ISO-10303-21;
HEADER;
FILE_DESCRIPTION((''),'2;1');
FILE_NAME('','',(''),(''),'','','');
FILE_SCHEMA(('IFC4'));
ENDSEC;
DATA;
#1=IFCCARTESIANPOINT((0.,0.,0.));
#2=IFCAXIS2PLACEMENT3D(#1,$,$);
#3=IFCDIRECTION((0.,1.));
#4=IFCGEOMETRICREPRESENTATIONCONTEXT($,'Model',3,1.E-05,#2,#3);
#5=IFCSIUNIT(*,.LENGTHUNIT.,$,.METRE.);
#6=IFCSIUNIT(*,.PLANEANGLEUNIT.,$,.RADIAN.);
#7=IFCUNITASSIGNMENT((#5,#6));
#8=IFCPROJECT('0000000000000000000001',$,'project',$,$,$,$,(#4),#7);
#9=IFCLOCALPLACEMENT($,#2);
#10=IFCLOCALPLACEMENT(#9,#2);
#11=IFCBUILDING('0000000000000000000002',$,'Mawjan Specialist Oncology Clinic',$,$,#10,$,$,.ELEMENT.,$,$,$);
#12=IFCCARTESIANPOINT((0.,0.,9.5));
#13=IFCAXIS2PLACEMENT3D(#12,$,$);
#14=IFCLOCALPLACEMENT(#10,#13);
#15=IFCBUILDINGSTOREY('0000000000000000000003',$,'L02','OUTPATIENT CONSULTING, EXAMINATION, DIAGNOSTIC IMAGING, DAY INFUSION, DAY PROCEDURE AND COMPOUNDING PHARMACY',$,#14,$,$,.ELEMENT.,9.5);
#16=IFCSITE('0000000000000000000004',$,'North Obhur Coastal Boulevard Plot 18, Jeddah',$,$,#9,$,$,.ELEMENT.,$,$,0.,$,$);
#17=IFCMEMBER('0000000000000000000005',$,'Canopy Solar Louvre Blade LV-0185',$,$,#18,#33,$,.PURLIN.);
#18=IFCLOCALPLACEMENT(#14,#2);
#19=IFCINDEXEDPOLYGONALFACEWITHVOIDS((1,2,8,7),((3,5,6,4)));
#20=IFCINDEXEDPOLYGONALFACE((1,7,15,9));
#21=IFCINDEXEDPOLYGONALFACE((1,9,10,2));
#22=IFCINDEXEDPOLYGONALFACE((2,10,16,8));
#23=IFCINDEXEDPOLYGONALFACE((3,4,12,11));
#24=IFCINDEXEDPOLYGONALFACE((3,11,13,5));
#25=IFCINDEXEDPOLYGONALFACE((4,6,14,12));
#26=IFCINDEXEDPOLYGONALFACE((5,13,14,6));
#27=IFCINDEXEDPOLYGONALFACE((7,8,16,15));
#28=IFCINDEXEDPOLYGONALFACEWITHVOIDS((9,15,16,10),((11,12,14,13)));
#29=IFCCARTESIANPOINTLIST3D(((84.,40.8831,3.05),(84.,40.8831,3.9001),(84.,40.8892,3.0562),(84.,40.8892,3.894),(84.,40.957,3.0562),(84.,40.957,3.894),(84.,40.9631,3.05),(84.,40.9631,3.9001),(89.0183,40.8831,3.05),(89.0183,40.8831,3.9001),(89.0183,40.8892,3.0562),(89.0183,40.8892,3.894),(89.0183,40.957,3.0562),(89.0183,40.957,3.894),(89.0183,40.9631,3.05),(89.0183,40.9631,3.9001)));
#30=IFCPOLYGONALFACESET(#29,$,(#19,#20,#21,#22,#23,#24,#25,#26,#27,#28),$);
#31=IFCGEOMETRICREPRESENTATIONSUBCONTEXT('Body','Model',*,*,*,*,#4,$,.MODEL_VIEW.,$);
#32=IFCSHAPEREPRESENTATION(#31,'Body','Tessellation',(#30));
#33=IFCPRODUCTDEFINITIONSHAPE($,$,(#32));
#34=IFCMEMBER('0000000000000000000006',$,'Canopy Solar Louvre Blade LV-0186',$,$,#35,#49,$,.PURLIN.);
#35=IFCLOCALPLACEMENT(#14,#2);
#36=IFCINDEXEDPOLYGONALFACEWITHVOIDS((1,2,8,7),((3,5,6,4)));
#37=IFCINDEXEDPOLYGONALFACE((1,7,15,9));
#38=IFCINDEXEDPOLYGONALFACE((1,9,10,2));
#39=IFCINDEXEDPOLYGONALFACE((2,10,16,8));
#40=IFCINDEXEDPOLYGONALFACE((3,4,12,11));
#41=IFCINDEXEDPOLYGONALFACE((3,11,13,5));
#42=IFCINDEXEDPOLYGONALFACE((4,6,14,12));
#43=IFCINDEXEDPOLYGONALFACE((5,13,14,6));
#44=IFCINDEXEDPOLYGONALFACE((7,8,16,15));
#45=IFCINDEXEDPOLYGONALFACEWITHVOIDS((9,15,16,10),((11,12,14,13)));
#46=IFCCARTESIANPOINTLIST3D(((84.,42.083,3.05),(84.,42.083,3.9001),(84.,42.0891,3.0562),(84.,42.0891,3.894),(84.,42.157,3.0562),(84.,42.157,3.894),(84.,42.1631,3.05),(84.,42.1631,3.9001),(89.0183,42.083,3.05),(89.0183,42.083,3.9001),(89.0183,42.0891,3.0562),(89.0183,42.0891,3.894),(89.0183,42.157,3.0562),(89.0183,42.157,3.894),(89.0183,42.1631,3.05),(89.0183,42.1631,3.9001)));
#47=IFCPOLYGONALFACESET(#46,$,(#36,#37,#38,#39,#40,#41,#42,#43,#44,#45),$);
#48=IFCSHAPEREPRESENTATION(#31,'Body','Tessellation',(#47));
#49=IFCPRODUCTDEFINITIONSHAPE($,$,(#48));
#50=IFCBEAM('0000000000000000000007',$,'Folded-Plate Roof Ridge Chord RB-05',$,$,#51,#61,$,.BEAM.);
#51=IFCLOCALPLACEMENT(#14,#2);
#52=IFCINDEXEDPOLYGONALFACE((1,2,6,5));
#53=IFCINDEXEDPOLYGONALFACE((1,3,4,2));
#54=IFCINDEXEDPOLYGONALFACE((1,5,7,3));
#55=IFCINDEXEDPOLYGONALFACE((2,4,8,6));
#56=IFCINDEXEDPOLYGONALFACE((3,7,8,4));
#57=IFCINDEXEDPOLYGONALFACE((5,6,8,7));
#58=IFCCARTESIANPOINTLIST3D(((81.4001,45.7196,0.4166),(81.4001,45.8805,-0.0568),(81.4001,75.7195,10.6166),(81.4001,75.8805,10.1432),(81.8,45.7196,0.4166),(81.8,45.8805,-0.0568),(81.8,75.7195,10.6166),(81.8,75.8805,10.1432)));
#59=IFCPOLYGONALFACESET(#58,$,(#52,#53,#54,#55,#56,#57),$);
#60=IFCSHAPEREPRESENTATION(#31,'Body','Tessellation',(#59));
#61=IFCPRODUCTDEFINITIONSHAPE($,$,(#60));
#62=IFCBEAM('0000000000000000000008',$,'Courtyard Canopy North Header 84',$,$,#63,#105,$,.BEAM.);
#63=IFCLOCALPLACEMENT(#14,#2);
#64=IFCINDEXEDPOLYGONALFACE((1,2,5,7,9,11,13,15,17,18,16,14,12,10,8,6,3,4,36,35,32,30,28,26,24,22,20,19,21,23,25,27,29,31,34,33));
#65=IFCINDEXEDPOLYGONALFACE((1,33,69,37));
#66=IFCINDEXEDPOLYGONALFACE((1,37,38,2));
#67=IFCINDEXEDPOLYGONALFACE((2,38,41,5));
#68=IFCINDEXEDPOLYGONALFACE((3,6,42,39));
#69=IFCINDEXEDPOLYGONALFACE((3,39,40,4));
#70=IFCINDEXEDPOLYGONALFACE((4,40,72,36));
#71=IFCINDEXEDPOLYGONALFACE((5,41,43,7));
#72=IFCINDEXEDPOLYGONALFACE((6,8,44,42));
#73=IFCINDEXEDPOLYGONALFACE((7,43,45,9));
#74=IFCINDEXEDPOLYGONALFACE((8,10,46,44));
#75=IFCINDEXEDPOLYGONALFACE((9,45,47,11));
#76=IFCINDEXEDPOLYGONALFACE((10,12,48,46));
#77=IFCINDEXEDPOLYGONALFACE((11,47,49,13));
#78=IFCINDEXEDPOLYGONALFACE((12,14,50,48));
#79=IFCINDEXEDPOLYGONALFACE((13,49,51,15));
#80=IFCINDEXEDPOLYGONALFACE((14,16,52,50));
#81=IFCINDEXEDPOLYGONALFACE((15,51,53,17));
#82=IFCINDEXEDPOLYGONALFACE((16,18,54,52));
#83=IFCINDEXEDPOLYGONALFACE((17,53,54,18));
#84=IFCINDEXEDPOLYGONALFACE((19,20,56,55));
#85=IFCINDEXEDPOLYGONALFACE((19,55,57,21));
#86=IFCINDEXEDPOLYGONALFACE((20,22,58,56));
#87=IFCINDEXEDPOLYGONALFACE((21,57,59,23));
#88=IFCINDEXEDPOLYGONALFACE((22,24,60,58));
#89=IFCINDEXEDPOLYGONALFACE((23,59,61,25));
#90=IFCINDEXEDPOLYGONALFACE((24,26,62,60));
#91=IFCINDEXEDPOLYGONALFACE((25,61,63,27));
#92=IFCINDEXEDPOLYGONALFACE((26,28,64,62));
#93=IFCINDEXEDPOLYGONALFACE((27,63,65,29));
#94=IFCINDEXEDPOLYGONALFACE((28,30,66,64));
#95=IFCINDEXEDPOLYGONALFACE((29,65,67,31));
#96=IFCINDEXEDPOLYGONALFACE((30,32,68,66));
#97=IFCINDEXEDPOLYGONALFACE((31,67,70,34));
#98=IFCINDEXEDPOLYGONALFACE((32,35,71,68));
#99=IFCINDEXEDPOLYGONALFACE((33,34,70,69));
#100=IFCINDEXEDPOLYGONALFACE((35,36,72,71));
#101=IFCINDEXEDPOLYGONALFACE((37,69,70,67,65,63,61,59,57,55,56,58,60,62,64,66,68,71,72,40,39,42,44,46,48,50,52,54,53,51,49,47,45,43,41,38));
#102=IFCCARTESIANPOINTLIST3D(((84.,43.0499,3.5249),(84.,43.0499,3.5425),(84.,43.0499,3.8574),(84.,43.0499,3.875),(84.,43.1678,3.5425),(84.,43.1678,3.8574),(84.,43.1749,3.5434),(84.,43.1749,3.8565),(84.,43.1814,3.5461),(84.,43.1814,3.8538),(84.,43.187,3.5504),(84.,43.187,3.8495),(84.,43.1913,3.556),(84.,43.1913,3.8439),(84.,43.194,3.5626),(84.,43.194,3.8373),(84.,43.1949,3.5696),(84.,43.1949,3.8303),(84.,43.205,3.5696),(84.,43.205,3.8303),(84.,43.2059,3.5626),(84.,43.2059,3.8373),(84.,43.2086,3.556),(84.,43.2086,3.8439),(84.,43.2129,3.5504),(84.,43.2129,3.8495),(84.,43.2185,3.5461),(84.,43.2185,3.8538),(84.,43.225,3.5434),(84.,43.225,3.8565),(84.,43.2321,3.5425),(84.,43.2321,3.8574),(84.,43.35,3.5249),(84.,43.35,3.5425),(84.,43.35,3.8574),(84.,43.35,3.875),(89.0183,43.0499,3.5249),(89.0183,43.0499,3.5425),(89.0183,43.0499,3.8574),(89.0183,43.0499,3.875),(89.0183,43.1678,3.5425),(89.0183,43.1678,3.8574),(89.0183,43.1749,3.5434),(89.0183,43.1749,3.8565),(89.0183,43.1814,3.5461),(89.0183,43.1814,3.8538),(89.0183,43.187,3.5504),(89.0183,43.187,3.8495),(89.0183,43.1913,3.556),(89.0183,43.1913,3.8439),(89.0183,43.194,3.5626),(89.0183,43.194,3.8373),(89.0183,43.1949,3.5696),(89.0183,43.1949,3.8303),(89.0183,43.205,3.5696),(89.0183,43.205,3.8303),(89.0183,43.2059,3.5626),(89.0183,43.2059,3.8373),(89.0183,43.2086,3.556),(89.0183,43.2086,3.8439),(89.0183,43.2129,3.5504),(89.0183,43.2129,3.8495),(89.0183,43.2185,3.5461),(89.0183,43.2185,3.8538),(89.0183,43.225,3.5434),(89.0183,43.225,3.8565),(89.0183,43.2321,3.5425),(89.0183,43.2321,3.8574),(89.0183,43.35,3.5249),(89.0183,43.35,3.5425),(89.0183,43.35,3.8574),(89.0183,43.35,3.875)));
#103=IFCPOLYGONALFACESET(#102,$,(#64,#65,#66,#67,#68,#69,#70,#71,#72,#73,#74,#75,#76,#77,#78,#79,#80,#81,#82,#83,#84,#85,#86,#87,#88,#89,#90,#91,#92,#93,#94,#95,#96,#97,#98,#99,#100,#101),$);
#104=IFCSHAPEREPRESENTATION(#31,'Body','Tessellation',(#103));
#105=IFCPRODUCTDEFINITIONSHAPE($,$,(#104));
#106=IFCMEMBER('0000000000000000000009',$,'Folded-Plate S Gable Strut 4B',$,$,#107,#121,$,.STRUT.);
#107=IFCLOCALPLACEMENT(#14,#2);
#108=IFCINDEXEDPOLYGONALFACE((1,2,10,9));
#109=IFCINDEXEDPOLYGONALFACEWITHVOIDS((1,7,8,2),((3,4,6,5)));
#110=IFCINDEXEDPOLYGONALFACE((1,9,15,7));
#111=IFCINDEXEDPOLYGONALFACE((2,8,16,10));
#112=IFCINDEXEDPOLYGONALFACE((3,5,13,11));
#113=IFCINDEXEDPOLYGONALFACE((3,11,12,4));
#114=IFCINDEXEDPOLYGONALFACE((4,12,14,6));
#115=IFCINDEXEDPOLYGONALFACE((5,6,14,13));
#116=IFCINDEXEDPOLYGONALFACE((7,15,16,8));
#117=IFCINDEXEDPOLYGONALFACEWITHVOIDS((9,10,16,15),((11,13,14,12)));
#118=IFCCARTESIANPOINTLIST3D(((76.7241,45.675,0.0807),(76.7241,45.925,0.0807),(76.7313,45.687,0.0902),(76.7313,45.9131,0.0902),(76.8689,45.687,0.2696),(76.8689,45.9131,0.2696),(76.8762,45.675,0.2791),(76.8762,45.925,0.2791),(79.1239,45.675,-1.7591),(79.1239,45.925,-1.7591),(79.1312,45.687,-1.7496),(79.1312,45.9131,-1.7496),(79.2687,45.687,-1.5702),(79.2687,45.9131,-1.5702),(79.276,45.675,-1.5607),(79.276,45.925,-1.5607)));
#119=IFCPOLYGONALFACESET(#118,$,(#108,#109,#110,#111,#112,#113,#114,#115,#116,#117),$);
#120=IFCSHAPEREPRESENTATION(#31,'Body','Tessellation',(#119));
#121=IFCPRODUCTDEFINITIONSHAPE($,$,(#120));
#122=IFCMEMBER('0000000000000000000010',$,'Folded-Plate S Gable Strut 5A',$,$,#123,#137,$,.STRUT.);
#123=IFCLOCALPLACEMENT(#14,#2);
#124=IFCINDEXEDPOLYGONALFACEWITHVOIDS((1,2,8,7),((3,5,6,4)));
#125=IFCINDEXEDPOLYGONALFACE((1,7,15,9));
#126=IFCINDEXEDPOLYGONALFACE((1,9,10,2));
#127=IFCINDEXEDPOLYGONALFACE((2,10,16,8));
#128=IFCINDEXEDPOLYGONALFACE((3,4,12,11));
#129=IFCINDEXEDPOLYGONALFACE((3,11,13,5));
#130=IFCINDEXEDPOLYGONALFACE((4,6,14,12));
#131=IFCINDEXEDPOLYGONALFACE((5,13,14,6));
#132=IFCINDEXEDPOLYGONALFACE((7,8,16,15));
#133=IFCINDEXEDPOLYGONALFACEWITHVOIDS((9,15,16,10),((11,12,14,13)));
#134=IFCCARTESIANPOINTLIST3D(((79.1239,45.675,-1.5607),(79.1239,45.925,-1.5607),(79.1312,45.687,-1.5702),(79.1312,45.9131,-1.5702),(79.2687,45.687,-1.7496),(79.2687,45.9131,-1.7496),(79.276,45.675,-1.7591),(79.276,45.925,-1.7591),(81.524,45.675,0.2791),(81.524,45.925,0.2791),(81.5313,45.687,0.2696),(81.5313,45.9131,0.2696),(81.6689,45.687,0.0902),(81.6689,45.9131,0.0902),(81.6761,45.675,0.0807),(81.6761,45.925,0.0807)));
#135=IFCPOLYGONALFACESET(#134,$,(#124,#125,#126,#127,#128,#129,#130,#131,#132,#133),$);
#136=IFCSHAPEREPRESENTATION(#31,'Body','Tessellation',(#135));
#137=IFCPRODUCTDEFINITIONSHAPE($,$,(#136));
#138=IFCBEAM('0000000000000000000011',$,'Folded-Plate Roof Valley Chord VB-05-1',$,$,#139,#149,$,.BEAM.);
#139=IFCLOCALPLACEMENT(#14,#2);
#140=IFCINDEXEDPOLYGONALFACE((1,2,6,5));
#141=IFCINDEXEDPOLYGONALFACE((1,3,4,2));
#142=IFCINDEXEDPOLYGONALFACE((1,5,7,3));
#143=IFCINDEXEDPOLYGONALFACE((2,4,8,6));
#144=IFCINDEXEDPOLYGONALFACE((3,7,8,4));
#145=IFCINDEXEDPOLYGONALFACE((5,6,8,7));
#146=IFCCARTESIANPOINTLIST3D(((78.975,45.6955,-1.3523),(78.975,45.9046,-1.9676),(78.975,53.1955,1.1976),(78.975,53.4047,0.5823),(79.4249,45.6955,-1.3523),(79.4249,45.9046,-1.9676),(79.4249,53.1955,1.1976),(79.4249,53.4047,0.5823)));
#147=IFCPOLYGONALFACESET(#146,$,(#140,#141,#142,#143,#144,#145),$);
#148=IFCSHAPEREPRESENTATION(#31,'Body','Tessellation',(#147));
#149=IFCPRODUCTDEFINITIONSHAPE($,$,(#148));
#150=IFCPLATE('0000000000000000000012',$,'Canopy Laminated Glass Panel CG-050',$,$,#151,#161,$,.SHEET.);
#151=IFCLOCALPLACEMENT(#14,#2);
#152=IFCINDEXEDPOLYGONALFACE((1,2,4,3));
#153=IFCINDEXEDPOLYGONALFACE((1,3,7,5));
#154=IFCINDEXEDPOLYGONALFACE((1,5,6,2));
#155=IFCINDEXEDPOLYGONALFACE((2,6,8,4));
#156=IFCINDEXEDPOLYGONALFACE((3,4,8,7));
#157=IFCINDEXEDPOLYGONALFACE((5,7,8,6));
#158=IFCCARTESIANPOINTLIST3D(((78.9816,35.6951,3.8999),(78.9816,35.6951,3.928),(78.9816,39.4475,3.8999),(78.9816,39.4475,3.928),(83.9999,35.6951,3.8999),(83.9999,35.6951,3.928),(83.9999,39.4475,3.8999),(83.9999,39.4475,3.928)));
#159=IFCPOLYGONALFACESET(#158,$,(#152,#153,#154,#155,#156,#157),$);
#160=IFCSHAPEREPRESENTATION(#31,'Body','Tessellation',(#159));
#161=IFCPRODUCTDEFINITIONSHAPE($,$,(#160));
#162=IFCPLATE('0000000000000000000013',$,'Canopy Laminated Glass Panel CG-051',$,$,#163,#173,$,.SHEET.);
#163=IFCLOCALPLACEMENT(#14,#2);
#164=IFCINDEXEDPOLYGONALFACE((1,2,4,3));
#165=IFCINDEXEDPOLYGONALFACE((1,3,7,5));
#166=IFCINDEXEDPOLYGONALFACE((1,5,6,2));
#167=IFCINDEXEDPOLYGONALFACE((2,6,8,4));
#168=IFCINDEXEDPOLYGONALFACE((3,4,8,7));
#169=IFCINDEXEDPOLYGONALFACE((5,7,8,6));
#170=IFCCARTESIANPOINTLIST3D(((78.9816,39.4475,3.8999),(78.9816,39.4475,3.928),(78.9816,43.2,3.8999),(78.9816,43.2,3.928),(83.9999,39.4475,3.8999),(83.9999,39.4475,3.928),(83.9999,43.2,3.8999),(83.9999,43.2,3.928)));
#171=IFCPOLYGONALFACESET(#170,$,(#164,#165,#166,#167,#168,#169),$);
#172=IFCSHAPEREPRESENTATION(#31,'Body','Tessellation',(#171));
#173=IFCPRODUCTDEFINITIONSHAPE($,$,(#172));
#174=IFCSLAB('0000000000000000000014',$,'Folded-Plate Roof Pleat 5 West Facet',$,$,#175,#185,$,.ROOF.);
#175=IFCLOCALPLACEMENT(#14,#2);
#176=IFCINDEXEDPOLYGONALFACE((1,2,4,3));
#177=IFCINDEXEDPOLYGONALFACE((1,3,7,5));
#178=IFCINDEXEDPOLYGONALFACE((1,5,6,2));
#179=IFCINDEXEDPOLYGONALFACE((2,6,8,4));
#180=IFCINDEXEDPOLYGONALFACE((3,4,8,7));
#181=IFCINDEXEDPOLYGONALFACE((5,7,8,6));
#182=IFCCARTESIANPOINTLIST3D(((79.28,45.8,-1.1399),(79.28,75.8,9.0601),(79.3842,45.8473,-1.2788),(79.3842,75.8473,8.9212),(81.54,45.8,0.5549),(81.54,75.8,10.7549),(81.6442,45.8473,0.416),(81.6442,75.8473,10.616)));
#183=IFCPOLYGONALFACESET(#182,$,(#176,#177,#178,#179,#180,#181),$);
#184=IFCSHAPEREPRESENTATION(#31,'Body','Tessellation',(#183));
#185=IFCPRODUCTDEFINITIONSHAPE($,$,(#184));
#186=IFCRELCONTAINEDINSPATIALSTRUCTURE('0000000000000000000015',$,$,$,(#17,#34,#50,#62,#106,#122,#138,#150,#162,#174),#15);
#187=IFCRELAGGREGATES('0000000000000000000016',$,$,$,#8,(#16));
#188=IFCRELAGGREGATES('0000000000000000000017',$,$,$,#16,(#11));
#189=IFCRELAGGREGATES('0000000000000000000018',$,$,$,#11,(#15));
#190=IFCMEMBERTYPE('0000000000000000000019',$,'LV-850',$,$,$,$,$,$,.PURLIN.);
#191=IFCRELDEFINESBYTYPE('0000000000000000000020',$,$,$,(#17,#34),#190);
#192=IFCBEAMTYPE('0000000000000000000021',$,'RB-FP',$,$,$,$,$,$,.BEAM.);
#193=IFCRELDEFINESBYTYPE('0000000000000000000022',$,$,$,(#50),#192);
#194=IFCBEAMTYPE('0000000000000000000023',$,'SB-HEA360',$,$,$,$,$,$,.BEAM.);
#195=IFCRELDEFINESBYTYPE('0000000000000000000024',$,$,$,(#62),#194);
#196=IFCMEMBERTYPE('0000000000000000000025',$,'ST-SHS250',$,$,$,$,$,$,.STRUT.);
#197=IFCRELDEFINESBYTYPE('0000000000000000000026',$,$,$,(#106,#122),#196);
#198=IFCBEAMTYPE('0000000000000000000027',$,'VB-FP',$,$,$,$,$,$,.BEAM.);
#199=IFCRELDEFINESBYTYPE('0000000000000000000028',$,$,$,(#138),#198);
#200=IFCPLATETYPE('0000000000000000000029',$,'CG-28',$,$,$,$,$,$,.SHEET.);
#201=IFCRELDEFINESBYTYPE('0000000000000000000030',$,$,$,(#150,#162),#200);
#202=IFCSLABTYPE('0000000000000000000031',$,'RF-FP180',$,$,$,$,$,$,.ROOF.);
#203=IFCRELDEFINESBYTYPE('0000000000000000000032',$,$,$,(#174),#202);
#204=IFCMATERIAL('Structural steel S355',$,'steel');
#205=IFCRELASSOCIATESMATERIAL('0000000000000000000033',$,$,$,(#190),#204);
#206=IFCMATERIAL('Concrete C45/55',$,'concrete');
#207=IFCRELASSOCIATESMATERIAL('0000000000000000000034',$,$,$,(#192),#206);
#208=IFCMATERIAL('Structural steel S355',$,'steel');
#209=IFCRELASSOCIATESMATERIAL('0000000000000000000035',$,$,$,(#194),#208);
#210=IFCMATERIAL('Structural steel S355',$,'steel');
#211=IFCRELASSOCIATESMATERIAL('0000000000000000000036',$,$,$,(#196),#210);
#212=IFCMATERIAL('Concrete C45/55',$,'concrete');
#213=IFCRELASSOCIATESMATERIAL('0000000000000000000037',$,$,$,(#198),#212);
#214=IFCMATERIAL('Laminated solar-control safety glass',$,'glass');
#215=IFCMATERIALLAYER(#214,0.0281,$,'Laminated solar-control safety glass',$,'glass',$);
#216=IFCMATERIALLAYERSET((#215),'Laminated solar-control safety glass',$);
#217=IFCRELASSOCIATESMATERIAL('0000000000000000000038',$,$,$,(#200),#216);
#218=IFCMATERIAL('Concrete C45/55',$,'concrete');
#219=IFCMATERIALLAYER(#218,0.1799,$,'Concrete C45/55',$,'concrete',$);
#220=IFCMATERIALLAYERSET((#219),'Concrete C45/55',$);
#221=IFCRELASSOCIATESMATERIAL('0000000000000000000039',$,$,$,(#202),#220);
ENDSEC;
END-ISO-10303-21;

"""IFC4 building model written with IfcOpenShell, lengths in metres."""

from ifc_helpers import new_model, si_unit, direction, frame, origin, origin_2d, place, context, subcontext, project, spatial, polyline, rectangle, hollow_rectangle, i_section, outline, extrude, material, layer, layer_set, material_profile, profile_set, type_object, element, save


model = new_model("IFC4")

# Units and contexts
model_context = context("Model", 3, precision=1e-05, world=origin(), true_north=direction((0.0, 1.0)))
body_context = subcontext(model_context, "Body", "Model", "MODEL_VIEW")
ifc_project = project(units=[si_unit("LENGTHUNIT", "METRE"), si_unit("PLANEANGLEUNIT", "RADIAN")], contexts=[model_context])

# Site, building, storey
site_placement = place(None, origin())
site = spatial("IfcSite", under=ifc_project, at=site_placement, Name="North Obhur Coastal Boulevard Plot 18, Jeddah", CompositionType="ELEMENT", RefElevation=0.0)
building_placement = place(site_placement, origin())
building = spatial("IfcBuilding", under=site, at=building_placement, Name="Mawjan Specialist Oncology Clinic", CompositionType="ELEMENT")
storey_placement = place(building_placement, frame((0.0, 0.0, 9.5)))
storey = spatial("IfcBuildingStorey", under=building, at=storey_placement, Name="L02", Description="OUTPATIENT CONSULTING, EXAMINATION, DIAGNOSTIC IMAGING, DAY INFUSION, DAY PROCEDURE AND COMPOUNDING PHARMACY", CompositionType="ELEMENT", Elevation=9.5)

# Members
ifc_material_1 = material(Name="Structural steel S355", Category="steel")
ifc_material_profile_1 = material_profile(ifc_material_1, hollow_rectangle(XDim=0.0801, YDim=0.8501, WallThickness=0.0061, at=origin_2d()), Name="LOUVRE 850x80x6", Category="steel")
ifc_profile_set_1 = profile_set([ifc_material_profile_1], Name="Structural steel S355")
member_type_1 = type_object("IfcMemberType", Name="LV-850", PredefinedType="PURLIN", material=ifc_profile_set_1)
for number, where, z_axis, x_axis, name in (
    (1, (84.0, 40.9231, 3.4751), (1.0, 0.0, 0.0), (0.0, 1.0, 0.0), "Canopy Solar Louvre Blade LV-0185"),
    (2, (84.0, 42.123, 3.4751), (1.0, 0.0, 0.0), (0.0, 1.0, 0.0), "Canopy Solar Louvre Blade LV-0186"),
):
    element("IfcMember", number, at=place(storey_placement, frame(where, z_axis=z_axis, x_axis=x_axis)), inside=storey, type_object=member_type_1, Name=name, PredefinedType="PURLIN", context=body_context, shape_type="SweptSolid", body=[
        extrude(hollow_rectangle(XDim=0.0801, YDim=0.8501, WallThickness=0.0061, at=origin_2d()), origin(), (0.0, 0.0, 1.0), 5.0183),
    ])

# Beams
ifc_material_2 = material(Name="Concrete C45/55", Category="concrete")
ifc_material_profile_2 = material_profile(ifc_material_2, rectangle(XDim=0.3999, YDim=0.5, at=origin_2d()), Name="RC CHORD 400x500", Category="concrete")
ifc_profile_set_2 = profile_set([ifc_material_profile_2], Name="Concrete C45/55")
beam_type_1 = type_object("IfcBeamType", Name="RB-FP", PredefinedType="BEAM", material=ifc_profile_set_2)
beam_1_placement = place(storey_placement, frame((81.6001, 45.8, 0.1799), z_axis=(0.0, 0.946773, 0.321901), x_axis=(-1.0, 0.0, 0.0)))
element("IfcBeam", 3, at=beam_1_placement, inside=storey, type_object=beam_type_1, Name="Folded-Plate Roof Ridge Chord RB-05", PredefinedType="BEAM", context=body_context, shape_type="SweptSolid", body=[
    extrude(rectangle(XDim=0.3999, YDim=0.5, at=origin_2d()), origin(), (0.0, 0.0, 1.0), 31.6865),
])
ifc_material_3 = material(Name="Structural steel S355", Category="steel")
ifc_material_profile_3 = material_profile(ifc_material_3, i_section(OverallWidth=0.3, OverallDepth=0.3501, WebThickness=0.01, FlangeThickness=0.0176, FilletRadius=0.0271, at=origin_2d()), Name="HEA 360", Category="steel")
ifc_profile_set_3 = profile_set([ifc_material_profile_3], Name="Structural steel S355")
beam_type_2 = type_object("IfcBeamType", Name="SB-HEA360", PredefinedType="BEAM", material=ifc_profile_set_3)
beam_2_placement = place(storey_placement, frame((84.0, 43.2, 3.7), z_axis=(1.0, 0.0, 0.0), x_axis=(0.0, 1.0, 0.0)))
element("IfcBeam", 4, at=beam_2_placement, inside=storey, type_object=beam_type_2, Name="Courtyard Canopy North Header 84", PredefinedType="BEAM", context=body_context, shape_type="SweptSolid", body=[
    extrude(i_section(OverallWidth=0.3, OverallDepth=0.3501, WebThickness=0.01, FlangeThickness=0.0176, FilletRadius=0.0271, at=origin_2d()), origin(), (0.0, 0.0, 1.0), 5.0183),
])

# Members
ifc_material_4 = material(Name="Structural steel S355", Category="steel")
ifc_material_profile_4 = material_profile(ifc_material_4, hollow_rectangle(XDim=0.25, YDim=0.25, WallThickness=0.012, at=origin_2d()), Name="SHS 250x250x12", Category="steel")
ifc_profile_set_4 = profile_set([ifc_material_profile_4], Name="Structural steel S355")
member_type_2 = type_object("IfcMemberType", Name="ST-SHS250", PredefinedType="STRUT", material=ifc_profile_set_4)
member_1_placement = place(storey_placement, frame((79.2, 45.8, -1.6599), z_axis=(-0.793619, 0.0, 0.608415), x_axis=(0.0, -1.0, 0.0)))
element("IfcMember", 5, at=member_1_placement, inside=storey, type_object=member_type_2, Name="Folded-Plate S Gable Strut 4B", PredefinedType="STRUT", context=body_context, shape_type="SweptSolid", body=[
    extrude(hollow_rectangle(XDim=0.25, YDim=0.25, WallThickness=0.012, at=origin_2d()), origin(), (0.0, 0.0, 1.0), 3.0239),
])
member_2_placement = place(storey_placement, frame((79.2, 45.8, -1.6599), z_axis=(0.793649, 0.0, 0.608376), x_axis=(0.0, 1.0, 0.0)))
element("IfcMember", 6, at=member_2_placement, inside=storey, type_object=member_type_2, Name="Folded-Plate S Gable Strut 5A", PredefinedType="STRUT", context=body_context, shape_type="SweptSolid", body=[
    extrude(hollow_rectangle(XDim=0.25, YDim=0.25, WallThickness=0.012, at=origin_2d()), origin(), (0.0, 0.0, 1.0), 3.0242),
])

# Beam
ifc_material_5 = material(Name="Concrete C45/55", Category="concrete")
ifc_material_profile_5 = material_profile(ifc_material_5, rectangle(XDim=0.45, YDim=0.6499, at=origin_2d()), Name="RC VALLEY 450x650", Category="concrete")
ifc_profile_set_5 = profile_set([ifc_material_profile_5], Name="Concrete C45/55")
beam_type_3 = type_object("IfcBeamType", Name="VB-FP", PredefinedType="BEAM", material=ifc_profile_set_5)
beam_3_placement = place(storey_placement, frame((79.2, 45.8, -1.6599), z_axis=(0.0, 0.94678, 0.321881), x_axis=(-1.0, 0.0, 0.0)))
element("IfcBeam", 7, at=beam_3_placement, inside=storey, type_object=beam_type_3, Name="Folded-Plate Roof Valley Chord VB-05-1", PredefinedType="BEAM", context=body_context, shape_type="SweptSolid", body=[
    extrude(rectangle(XDim=0.45, YDim=0.6499, at=origin_2d()), origin(), (0.0, 0.0, 1.0), 7.9216),
])

# Plates
ifc_material_6 = material(Name="Laminated solar-control safety glass", Category="glass")
ifc_layer_1 = layer(ifc_material_6, 0.0281, Name="Laminated solar-control safety glass", Category="glass")
ifc_layer_set_1 = layer_set([ifc_layer_1], Name="Laminated solar-control safety glass")
plate_type = type_object("IfcPlateType", Name="CG-28", PredefinedType="SHEET", material=ifc_layer_set_1)
for number, where, z_axis, x_axis, name in (
    (8, (81.4907, 37.5713, 3.8999), (0.0, 0.0, 1.0), (1.0, 0.0, 0.0), "Canopy Laminated Glass Panel CG-050"),
    (9, (81.4907, 41.3237, 3.8999), (0.0, 0.0, 1.0), (1.0, 0.0, 0.0), "Canopy Laminated Glass Panel CG-051"),
):
    element("IfcPlate", number, at=place(storey_placement, frame(where, z_axis=z_axis, x_axis=x_axis)), inside=storey, type_object=plate_type, Name=name, PredefinedType="SHEET", context=body_context, shape_type="SweptSolid", body=[
        extrude(rectangle(XDim=5.0183, YDim=3.7524, at=origin_2d()), origin(), (0.0, 0.0, 1.0), 0.0281),
    ])

# Slab
ifc_material_7 = material(Name="Concrete C45/55", Category="concrete")
ifc_layer_2 = layer(ifc_material_7, 0.1799, Name="Concrete C45/55", Category="concrete")
ifc_layer_set_2 = layer_set([ifc_layer_2], Name="Concrete C45/55")
slab_type = type_object("IfcSlabType", Name="RF-FP180", PredefinedType="ROOF", material=ifc_layer_set_2)
slab_1_placement = place(storey_placement, frame((79.28, 45.8, -1.1399), z_axis=(-0.578924, -0.262472, 0.771982), x_axis=(0.800031, 0.0, 0.599959)))
element("IfcSlab", 10, at=slab_1_placement, inside=storey, type_object=slab_type, Name="Folded-Plate Roof Pleat 5 West Facet", PredefinedType="ROOF", context=body_context, shape_type="SweptSolid", body=[
    extrude(outline(polyline([(0.0, 0.0), (2.8249, 0.0), (8.9444, 31.09), (6.1195, 31.09), (0.0, 0.0)])), origin(), (0.0, 0.0, -1.0), 0.1799),
])

save(model, "model.ifc")
